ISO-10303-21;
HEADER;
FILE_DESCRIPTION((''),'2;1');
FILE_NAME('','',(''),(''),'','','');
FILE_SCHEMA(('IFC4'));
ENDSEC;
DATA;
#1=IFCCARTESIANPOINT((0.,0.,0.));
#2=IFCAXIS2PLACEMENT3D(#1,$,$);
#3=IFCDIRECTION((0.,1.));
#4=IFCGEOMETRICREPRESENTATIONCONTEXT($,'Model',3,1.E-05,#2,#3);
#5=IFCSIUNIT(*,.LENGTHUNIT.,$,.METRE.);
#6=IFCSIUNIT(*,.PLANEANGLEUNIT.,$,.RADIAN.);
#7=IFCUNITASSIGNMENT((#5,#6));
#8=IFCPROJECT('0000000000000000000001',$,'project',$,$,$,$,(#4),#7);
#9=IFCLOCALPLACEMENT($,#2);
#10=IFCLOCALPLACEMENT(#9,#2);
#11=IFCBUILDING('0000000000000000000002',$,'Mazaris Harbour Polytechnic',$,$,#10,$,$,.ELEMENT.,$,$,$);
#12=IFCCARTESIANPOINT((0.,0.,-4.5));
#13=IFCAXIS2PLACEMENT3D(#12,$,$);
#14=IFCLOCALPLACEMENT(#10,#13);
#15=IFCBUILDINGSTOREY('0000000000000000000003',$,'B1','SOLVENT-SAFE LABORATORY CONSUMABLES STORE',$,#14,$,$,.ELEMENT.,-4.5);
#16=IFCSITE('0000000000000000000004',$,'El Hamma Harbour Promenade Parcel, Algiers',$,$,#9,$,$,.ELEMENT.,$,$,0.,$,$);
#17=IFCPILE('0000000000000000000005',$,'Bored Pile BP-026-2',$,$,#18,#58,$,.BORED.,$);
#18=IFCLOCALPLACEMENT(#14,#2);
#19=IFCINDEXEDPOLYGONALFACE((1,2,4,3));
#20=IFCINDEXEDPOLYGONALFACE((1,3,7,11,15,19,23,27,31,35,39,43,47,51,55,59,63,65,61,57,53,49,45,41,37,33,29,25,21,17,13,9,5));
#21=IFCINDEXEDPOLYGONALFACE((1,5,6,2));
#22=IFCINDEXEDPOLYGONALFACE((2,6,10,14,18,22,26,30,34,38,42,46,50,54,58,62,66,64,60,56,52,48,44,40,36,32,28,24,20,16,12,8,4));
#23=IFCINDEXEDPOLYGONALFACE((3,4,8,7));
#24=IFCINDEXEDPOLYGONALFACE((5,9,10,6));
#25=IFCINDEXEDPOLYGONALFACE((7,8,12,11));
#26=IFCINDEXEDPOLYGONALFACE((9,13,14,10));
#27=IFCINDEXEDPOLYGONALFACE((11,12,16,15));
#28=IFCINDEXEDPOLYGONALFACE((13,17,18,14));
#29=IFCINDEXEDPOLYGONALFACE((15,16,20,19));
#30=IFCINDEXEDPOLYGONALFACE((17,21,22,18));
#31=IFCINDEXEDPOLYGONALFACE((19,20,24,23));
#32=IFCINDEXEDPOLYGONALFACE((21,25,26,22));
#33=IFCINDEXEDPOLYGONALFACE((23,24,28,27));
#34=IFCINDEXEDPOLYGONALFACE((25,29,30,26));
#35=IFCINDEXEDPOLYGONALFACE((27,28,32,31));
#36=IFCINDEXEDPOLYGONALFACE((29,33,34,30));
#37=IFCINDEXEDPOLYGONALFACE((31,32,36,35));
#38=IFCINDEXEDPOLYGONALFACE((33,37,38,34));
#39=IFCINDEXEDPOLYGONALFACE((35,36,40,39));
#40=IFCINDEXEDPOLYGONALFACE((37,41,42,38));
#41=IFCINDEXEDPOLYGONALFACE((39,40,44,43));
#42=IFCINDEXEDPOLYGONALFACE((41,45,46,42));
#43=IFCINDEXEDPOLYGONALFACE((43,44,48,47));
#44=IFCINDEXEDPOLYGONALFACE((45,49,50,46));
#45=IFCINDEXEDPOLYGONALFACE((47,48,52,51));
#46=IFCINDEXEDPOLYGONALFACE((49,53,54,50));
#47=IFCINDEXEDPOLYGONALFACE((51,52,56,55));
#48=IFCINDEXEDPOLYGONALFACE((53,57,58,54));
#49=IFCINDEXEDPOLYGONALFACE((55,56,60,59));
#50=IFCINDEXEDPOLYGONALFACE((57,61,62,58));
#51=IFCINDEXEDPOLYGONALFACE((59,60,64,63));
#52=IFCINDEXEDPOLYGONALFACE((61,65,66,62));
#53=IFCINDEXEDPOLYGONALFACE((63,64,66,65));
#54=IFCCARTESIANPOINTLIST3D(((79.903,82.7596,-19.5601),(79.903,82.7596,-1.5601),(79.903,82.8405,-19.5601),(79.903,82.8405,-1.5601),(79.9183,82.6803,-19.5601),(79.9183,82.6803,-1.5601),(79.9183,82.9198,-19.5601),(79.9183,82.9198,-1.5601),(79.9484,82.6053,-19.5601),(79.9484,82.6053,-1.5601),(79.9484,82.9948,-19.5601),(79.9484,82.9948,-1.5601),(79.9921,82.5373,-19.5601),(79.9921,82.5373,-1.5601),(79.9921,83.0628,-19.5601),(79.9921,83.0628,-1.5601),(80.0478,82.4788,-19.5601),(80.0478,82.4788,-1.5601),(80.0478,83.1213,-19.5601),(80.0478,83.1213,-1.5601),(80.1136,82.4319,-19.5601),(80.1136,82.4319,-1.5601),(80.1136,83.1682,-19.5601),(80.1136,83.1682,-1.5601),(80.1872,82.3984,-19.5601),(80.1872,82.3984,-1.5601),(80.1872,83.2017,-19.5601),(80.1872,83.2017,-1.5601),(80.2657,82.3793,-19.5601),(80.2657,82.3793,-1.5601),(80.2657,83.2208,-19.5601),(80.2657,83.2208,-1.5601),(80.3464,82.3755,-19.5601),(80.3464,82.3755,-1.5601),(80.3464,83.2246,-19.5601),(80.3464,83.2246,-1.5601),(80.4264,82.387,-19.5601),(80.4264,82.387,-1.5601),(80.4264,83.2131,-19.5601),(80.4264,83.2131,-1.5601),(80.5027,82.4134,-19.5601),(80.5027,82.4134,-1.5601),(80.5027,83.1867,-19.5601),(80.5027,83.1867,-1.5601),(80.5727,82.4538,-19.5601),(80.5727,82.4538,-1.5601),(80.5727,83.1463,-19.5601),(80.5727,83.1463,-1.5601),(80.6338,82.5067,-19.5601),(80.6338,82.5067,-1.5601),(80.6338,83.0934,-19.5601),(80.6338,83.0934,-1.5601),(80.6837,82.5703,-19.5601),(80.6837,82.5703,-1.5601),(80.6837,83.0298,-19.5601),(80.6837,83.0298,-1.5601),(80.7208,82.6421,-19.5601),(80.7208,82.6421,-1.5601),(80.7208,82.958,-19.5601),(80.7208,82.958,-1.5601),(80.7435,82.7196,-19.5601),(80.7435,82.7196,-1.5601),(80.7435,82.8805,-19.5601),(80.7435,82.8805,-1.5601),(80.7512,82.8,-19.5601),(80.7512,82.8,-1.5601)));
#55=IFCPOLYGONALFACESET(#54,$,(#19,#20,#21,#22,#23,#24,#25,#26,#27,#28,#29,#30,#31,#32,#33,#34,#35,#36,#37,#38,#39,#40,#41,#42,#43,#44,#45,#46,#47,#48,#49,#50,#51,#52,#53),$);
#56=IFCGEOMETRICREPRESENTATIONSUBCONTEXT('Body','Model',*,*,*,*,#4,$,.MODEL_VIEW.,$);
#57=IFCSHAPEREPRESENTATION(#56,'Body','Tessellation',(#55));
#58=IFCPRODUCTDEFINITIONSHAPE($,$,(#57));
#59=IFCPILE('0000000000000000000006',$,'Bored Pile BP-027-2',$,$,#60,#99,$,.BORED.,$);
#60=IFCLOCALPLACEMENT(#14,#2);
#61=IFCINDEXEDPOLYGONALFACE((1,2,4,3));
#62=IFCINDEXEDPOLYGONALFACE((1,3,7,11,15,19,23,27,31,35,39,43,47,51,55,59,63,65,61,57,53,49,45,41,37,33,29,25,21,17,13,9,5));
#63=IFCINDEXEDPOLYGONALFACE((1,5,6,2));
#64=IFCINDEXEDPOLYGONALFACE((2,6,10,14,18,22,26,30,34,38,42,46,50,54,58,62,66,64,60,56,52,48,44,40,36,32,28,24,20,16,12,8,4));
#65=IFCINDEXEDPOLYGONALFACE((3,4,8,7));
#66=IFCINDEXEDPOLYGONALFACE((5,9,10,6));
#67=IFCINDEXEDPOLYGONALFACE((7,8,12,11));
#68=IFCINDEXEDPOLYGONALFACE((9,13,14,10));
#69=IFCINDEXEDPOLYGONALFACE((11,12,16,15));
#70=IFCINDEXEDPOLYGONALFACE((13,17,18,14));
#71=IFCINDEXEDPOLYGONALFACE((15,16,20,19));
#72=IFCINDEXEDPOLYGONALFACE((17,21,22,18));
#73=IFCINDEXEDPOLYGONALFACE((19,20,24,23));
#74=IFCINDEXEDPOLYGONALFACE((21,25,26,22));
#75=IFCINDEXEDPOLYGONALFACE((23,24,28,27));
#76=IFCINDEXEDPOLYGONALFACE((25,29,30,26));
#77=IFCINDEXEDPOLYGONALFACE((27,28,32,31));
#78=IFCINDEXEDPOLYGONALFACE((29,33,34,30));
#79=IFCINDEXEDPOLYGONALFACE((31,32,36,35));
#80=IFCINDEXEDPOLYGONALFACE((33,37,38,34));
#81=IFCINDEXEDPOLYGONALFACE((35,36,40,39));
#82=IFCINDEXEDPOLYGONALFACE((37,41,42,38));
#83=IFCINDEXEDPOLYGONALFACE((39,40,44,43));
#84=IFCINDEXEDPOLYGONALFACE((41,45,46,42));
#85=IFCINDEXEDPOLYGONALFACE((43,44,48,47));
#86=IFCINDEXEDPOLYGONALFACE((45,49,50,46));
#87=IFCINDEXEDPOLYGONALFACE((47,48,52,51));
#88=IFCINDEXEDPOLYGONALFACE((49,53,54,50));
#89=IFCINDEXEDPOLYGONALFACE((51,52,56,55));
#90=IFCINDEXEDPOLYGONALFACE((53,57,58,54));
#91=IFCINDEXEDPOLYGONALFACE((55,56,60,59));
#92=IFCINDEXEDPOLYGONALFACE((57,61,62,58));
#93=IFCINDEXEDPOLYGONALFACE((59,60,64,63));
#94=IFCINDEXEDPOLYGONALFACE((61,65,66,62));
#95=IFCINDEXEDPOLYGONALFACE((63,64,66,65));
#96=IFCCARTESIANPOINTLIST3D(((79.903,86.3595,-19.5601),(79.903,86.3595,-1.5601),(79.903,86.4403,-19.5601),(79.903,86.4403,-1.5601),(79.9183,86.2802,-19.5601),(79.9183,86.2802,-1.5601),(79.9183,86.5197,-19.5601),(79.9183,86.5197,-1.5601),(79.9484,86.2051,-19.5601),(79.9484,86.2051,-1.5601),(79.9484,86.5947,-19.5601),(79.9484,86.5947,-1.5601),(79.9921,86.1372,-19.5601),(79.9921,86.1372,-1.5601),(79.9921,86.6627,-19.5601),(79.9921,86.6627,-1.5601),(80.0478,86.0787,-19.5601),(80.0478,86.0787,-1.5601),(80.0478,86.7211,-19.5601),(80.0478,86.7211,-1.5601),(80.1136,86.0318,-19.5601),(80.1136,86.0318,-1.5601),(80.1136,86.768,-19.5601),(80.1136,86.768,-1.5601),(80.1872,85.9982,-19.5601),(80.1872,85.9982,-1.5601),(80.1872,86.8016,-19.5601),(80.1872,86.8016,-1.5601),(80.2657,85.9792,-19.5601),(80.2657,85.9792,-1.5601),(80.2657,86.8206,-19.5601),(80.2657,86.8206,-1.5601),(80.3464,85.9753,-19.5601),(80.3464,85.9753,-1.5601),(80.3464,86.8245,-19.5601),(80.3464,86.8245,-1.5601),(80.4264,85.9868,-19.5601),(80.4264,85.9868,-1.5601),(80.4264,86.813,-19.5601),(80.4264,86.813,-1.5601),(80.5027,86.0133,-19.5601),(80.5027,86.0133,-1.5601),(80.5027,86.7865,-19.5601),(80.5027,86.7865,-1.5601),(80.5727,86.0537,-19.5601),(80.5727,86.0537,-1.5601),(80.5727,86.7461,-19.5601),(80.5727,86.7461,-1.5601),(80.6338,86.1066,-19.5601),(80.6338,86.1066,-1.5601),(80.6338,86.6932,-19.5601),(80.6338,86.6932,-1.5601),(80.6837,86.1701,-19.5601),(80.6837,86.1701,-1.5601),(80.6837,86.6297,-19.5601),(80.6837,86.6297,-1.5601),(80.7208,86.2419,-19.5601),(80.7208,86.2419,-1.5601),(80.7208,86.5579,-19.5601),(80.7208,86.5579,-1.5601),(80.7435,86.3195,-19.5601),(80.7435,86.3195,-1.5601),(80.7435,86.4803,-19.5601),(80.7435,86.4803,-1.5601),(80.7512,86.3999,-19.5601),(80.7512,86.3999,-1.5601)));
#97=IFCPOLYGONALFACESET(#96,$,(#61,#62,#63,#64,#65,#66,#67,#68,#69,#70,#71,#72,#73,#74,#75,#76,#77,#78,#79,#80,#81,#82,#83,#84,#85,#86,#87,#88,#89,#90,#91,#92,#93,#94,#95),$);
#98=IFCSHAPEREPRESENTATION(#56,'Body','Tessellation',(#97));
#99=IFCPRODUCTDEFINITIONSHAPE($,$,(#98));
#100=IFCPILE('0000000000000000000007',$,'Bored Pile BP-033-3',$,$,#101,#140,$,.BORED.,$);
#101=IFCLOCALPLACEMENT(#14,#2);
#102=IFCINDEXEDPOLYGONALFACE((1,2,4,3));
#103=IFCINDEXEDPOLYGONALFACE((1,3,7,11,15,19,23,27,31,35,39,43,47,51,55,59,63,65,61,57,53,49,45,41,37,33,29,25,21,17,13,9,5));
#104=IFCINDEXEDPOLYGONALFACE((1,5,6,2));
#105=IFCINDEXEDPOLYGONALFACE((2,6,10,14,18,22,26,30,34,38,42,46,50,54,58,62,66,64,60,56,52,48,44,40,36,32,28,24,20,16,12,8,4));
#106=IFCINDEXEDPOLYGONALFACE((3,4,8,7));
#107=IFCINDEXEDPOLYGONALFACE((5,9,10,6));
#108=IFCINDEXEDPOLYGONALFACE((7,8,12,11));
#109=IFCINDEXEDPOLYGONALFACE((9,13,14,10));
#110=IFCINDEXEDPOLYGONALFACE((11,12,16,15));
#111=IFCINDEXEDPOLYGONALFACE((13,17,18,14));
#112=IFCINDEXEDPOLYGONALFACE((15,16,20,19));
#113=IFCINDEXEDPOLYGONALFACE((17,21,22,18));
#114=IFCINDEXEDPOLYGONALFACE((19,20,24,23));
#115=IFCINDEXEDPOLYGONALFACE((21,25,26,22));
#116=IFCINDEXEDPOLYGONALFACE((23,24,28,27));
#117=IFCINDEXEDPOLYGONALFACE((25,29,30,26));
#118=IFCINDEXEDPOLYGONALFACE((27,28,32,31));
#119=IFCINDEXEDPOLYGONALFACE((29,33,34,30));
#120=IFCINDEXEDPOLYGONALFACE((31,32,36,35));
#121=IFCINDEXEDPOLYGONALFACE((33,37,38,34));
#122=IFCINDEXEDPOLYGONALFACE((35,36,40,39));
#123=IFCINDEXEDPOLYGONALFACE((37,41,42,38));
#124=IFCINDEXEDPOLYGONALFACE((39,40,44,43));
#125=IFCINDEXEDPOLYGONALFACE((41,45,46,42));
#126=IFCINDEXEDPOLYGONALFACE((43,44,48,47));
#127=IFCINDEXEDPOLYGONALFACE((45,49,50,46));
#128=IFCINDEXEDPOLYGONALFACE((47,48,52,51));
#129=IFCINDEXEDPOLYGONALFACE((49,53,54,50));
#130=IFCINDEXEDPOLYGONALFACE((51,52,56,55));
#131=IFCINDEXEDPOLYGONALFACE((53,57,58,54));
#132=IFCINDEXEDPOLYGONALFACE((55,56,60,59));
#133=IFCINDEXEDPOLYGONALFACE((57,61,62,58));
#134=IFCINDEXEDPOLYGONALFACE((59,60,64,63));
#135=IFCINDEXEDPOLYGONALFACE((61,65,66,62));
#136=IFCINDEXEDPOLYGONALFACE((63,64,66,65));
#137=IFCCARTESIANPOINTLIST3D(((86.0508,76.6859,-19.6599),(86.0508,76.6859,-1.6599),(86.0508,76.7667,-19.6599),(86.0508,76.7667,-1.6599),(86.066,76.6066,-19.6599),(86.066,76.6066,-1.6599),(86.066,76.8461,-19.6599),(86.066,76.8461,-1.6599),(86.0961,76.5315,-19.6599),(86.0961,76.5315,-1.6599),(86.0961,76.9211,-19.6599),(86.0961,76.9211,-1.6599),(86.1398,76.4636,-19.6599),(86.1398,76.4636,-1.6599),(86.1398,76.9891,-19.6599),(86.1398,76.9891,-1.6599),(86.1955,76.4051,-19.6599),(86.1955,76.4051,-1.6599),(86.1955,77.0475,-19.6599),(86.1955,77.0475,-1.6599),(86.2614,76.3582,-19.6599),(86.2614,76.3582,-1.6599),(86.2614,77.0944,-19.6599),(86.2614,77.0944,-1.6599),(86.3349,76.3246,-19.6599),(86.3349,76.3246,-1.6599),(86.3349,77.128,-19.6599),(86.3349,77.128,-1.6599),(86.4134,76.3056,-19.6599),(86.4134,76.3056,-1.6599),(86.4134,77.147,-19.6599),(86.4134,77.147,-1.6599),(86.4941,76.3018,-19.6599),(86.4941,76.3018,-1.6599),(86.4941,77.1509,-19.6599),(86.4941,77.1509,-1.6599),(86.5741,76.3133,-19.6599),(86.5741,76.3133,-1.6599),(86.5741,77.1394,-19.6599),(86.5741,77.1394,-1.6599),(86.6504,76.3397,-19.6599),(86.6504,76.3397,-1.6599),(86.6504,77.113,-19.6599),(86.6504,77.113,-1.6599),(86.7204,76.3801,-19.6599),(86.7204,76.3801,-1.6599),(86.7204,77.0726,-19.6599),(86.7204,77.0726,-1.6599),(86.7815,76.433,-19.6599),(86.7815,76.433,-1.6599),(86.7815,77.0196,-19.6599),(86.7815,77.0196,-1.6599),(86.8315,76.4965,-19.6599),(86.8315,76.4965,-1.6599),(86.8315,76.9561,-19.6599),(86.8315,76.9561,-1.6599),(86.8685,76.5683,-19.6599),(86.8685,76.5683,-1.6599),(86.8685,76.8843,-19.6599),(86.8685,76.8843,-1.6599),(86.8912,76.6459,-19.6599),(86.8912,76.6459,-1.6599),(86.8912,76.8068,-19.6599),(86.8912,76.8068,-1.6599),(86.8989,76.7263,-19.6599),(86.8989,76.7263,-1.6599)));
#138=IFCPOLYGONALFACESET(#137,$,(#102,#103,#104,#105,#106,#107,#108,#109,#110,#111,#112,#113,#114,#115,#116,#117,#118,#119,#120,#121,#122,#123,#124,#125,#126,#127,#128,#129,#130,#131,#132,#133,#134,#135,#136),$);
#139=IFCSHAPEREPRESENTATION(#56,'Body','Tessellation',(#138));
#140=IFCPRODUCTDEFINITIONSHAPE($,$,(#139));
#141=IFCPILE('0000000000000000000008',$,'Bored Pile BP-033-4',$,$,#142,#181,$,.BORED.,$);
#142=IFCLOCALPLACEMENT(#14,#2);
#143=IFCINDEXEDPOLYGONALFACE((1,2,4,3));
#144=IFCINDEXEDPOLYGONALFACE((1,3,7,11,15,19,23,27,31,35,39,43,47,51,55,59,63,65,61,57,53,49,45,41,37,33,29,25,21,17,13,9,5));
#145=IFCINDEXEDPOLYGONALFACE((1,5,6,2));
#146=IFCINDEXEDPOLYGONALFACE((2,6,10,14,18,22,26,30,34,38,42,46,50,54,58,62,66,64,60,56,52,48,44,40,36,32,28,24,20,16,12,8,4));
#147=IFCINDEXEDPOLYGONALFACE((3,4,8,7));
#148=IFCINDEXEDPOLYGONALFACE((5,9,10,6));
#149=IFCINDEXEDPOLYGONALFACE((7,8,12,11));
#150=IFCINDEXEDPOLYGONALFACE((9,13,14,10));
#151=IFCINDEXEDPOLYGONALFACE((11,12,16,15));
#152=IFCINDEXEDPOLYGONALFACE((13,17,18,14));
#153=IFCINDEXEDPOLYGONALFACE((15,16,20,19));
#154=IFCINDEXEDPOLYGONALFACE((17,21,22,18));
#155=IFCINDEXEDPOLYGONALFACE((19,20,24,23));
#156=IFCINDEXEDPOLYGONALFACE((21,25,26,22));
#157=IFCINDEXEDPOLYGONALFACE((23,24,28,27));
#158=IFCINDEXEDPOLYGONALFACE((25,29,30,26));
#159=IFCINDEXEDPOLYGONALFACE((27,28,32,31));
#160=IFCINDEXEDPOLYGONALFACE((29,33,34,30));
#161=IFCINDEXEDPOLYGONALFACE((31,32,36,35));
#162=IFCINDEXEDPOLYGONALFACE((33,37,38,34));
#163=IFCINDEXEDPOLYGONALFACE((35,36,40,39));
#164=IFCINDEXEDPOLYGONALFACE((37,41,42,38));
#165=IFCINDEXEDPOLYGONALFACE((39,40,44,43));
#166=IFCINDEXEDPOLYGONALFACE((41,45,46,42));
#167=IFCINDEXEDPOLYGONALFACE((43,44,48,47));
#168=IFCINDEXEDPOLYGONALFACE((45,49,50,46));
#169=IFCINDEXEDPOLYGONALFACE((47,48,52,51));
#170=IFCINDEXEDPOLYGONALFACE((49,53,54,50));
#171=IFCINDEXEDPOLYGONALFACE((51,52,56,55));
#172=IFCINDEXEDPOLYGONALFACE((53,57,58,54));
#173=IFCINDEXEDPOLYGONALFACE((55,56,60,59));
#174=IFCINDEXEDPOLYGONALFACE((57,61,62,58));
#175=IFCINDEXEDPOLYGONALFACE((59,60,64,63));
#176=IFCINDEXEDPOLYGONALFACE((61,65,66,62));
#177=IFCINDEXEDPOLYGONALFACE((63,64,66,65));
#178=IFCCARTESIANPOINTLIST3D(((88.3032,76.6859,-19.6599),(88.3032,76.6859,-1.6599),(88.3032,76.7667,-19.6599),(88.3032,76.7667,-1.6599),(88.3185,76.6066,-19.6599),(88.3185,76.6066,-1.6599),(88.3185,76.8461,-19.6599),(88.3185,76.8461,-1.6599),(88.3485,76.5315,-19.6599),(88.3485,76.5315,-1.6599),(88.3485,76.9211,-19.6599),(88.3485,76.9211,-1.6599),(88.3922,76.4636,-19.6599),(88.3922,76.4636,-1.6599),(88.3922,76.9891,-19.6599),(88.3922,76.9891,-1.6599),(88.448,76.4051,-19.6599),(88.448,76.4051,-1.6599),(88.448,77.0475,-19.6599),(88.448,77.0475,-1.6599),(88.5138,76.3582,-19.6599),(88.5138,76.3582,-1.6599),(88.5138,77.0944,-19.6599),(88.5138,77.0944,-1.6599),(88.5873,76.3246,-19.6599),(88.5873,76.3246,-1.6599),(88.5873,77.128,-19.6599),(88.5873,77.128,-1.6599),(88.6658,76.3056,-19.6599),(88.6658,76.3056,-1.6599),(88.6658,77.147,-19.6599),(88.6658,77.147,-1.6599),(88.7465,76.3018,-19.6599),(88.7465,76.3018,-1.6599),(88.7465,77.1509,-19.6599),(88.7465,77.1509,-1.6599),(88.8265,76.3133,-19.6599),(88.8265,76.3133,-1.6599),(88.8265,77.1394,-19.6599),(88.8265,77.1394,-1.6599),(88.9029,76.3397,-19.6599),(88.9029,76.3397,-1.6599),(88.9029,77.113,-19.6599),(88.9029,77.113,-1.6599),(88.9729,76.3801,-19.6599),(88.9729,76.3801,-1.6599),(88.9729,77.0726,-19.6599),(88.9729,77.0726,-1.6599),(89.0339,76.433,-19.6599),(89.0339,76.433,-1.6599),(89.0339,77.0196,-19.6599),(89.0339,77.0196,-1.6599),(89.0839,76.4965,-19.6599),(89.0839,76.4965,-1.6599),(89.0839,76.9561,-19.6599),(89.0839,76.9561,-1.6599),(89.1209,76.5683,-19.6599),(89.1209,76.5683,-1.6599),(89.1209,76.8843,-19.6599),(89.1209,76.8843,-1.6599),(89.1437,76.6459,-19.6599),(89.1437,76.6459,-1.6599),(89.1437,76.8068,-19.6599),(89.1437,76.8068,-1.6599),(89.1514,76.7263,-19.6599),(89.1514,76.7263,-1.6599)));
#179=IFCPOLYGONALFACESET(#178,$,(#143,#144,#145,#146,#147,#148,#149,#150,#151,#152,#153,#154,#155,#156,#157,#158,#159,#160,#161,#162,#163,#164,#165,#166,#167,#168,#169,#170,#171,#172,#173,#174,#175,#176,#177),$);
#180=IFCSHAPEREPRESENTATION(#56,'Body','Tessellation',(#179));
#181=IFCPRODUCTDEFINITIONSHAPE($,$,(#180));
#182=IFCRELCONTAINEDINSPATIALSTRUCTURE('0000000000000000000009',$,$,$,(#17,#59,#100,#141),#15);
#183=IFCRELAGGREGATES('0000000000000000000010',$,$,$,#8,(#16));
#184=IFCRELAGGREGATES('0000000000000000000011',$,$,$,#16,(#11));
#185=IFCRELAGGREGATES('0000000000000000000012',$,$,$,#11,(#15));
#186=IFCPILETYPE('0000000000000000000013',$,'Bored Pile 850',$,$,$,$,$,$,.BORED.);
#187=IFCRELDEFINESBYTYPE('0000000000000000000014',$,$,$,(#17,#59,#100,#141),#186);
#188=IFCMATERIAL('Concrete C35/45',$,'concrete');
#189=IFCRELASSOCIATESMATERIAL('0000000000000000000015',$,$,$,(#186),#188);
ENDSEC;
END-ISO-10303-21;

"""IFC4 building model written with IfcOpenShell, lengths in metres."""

from ifc_helpers import new_model, si_unit, direction, frame, origin, origin_2d, place, context, subcontext, project, spatial, circle, extrude, material, material_profile, profile_set, type_object, element, save


model = new_model("IFC4")

# Units and contexts
model_context = context("Model", 3, precision=1e-05, world=origin(), true_north=direction((0.0, 1.0)))
body_context = subcontext(model_context, "Body", "Model", "MODEL_VIEW")
ifc_project = project(units=[si_unit("LENGTHUNIT", "METRE"), si_unit("PLANEANGLEUNIT", "RADIAN")], contexts=[model_context])

# Site, building, storey
site_placement = place(None, origin())
site = spatial("IfcSite", under=ifc_project, at=site_placement, Name="El Hamma Harbour Promenade Parcel, Algiers", CompositionType="ELEMENT", RefElevation=0.0)
building_placement = place(site_placement, origin())
building = spatial("IfcBuilding", under=site, at=building_placement, Name="Mazaris Harbour Polytechnic", CompositionType="ELEMENT")
storey_placement = place(building_placement, frame((0.0, 0.0, -4.5)))
storey = spatial("IfcBuildingStorey", under=building, at=storey_placement, Name="B1", Description="SOLVENT-SAFE LABORATORY CONSUMABLES STORE", CompositionType="ELEMENT", Elevation=-4.5)

# Piles
ifc_material_1 = material(Name="Concrete C35/45", Category="concrete")
ifc_material_profile_1 = material_profile(ifc_material_1, circle(Radius=0.425, at=origin_2d()), Name="DIA850")
ifc_profile_set_1 = profile_set([ifc_material_profile_1], Name="Concrete C35/45")
pile_type = type_object("IfcPileType", Name="Bored Pile 850", PredefinedType="BORED", material=ifc_profile_set_1)
for number, where, z_axis, x_axis, name in (
    (1, (80.3262, 82.8, -1.5601), (0.0, 0.0, -1.0), (1.0, 0.0, 0.0), "Bored Pile BP-026-2"),
    (2, (80.3262, 86.3999, -1.5601), (0.0, 0.0, -1.0), (1.0, 0.0, 0.0), "Bored Pile BP-027-2"),
    (3, (86.4739, 76.7263, -1.6599), (0.0, 0.0, -1.0), (1.0, 0.0, 0.0), "Bored Pile BP-033-3"),
    (4, (88.7263, 76.7263, -1.6599), (0.0, 0.0, -1.0), (1.0, 0.0, 0.0), "Bored Pile BP-033-4"),
):
    element("IfcPile", number, at=place(storey_placement, frame(where, z_axis=z_axis, x_axis=x_axis)), inside=storey, type_object=pile_type, Name=name, PredefinedType="BORED", context=body_context, shape_type="SweptSolid", body=[
        extrude(circle(Radius=0.425, at=origin_2d()), origin(), (0.0, 0.0, 1.0), 18.0),
    ])

save(model, "model.ifc")
